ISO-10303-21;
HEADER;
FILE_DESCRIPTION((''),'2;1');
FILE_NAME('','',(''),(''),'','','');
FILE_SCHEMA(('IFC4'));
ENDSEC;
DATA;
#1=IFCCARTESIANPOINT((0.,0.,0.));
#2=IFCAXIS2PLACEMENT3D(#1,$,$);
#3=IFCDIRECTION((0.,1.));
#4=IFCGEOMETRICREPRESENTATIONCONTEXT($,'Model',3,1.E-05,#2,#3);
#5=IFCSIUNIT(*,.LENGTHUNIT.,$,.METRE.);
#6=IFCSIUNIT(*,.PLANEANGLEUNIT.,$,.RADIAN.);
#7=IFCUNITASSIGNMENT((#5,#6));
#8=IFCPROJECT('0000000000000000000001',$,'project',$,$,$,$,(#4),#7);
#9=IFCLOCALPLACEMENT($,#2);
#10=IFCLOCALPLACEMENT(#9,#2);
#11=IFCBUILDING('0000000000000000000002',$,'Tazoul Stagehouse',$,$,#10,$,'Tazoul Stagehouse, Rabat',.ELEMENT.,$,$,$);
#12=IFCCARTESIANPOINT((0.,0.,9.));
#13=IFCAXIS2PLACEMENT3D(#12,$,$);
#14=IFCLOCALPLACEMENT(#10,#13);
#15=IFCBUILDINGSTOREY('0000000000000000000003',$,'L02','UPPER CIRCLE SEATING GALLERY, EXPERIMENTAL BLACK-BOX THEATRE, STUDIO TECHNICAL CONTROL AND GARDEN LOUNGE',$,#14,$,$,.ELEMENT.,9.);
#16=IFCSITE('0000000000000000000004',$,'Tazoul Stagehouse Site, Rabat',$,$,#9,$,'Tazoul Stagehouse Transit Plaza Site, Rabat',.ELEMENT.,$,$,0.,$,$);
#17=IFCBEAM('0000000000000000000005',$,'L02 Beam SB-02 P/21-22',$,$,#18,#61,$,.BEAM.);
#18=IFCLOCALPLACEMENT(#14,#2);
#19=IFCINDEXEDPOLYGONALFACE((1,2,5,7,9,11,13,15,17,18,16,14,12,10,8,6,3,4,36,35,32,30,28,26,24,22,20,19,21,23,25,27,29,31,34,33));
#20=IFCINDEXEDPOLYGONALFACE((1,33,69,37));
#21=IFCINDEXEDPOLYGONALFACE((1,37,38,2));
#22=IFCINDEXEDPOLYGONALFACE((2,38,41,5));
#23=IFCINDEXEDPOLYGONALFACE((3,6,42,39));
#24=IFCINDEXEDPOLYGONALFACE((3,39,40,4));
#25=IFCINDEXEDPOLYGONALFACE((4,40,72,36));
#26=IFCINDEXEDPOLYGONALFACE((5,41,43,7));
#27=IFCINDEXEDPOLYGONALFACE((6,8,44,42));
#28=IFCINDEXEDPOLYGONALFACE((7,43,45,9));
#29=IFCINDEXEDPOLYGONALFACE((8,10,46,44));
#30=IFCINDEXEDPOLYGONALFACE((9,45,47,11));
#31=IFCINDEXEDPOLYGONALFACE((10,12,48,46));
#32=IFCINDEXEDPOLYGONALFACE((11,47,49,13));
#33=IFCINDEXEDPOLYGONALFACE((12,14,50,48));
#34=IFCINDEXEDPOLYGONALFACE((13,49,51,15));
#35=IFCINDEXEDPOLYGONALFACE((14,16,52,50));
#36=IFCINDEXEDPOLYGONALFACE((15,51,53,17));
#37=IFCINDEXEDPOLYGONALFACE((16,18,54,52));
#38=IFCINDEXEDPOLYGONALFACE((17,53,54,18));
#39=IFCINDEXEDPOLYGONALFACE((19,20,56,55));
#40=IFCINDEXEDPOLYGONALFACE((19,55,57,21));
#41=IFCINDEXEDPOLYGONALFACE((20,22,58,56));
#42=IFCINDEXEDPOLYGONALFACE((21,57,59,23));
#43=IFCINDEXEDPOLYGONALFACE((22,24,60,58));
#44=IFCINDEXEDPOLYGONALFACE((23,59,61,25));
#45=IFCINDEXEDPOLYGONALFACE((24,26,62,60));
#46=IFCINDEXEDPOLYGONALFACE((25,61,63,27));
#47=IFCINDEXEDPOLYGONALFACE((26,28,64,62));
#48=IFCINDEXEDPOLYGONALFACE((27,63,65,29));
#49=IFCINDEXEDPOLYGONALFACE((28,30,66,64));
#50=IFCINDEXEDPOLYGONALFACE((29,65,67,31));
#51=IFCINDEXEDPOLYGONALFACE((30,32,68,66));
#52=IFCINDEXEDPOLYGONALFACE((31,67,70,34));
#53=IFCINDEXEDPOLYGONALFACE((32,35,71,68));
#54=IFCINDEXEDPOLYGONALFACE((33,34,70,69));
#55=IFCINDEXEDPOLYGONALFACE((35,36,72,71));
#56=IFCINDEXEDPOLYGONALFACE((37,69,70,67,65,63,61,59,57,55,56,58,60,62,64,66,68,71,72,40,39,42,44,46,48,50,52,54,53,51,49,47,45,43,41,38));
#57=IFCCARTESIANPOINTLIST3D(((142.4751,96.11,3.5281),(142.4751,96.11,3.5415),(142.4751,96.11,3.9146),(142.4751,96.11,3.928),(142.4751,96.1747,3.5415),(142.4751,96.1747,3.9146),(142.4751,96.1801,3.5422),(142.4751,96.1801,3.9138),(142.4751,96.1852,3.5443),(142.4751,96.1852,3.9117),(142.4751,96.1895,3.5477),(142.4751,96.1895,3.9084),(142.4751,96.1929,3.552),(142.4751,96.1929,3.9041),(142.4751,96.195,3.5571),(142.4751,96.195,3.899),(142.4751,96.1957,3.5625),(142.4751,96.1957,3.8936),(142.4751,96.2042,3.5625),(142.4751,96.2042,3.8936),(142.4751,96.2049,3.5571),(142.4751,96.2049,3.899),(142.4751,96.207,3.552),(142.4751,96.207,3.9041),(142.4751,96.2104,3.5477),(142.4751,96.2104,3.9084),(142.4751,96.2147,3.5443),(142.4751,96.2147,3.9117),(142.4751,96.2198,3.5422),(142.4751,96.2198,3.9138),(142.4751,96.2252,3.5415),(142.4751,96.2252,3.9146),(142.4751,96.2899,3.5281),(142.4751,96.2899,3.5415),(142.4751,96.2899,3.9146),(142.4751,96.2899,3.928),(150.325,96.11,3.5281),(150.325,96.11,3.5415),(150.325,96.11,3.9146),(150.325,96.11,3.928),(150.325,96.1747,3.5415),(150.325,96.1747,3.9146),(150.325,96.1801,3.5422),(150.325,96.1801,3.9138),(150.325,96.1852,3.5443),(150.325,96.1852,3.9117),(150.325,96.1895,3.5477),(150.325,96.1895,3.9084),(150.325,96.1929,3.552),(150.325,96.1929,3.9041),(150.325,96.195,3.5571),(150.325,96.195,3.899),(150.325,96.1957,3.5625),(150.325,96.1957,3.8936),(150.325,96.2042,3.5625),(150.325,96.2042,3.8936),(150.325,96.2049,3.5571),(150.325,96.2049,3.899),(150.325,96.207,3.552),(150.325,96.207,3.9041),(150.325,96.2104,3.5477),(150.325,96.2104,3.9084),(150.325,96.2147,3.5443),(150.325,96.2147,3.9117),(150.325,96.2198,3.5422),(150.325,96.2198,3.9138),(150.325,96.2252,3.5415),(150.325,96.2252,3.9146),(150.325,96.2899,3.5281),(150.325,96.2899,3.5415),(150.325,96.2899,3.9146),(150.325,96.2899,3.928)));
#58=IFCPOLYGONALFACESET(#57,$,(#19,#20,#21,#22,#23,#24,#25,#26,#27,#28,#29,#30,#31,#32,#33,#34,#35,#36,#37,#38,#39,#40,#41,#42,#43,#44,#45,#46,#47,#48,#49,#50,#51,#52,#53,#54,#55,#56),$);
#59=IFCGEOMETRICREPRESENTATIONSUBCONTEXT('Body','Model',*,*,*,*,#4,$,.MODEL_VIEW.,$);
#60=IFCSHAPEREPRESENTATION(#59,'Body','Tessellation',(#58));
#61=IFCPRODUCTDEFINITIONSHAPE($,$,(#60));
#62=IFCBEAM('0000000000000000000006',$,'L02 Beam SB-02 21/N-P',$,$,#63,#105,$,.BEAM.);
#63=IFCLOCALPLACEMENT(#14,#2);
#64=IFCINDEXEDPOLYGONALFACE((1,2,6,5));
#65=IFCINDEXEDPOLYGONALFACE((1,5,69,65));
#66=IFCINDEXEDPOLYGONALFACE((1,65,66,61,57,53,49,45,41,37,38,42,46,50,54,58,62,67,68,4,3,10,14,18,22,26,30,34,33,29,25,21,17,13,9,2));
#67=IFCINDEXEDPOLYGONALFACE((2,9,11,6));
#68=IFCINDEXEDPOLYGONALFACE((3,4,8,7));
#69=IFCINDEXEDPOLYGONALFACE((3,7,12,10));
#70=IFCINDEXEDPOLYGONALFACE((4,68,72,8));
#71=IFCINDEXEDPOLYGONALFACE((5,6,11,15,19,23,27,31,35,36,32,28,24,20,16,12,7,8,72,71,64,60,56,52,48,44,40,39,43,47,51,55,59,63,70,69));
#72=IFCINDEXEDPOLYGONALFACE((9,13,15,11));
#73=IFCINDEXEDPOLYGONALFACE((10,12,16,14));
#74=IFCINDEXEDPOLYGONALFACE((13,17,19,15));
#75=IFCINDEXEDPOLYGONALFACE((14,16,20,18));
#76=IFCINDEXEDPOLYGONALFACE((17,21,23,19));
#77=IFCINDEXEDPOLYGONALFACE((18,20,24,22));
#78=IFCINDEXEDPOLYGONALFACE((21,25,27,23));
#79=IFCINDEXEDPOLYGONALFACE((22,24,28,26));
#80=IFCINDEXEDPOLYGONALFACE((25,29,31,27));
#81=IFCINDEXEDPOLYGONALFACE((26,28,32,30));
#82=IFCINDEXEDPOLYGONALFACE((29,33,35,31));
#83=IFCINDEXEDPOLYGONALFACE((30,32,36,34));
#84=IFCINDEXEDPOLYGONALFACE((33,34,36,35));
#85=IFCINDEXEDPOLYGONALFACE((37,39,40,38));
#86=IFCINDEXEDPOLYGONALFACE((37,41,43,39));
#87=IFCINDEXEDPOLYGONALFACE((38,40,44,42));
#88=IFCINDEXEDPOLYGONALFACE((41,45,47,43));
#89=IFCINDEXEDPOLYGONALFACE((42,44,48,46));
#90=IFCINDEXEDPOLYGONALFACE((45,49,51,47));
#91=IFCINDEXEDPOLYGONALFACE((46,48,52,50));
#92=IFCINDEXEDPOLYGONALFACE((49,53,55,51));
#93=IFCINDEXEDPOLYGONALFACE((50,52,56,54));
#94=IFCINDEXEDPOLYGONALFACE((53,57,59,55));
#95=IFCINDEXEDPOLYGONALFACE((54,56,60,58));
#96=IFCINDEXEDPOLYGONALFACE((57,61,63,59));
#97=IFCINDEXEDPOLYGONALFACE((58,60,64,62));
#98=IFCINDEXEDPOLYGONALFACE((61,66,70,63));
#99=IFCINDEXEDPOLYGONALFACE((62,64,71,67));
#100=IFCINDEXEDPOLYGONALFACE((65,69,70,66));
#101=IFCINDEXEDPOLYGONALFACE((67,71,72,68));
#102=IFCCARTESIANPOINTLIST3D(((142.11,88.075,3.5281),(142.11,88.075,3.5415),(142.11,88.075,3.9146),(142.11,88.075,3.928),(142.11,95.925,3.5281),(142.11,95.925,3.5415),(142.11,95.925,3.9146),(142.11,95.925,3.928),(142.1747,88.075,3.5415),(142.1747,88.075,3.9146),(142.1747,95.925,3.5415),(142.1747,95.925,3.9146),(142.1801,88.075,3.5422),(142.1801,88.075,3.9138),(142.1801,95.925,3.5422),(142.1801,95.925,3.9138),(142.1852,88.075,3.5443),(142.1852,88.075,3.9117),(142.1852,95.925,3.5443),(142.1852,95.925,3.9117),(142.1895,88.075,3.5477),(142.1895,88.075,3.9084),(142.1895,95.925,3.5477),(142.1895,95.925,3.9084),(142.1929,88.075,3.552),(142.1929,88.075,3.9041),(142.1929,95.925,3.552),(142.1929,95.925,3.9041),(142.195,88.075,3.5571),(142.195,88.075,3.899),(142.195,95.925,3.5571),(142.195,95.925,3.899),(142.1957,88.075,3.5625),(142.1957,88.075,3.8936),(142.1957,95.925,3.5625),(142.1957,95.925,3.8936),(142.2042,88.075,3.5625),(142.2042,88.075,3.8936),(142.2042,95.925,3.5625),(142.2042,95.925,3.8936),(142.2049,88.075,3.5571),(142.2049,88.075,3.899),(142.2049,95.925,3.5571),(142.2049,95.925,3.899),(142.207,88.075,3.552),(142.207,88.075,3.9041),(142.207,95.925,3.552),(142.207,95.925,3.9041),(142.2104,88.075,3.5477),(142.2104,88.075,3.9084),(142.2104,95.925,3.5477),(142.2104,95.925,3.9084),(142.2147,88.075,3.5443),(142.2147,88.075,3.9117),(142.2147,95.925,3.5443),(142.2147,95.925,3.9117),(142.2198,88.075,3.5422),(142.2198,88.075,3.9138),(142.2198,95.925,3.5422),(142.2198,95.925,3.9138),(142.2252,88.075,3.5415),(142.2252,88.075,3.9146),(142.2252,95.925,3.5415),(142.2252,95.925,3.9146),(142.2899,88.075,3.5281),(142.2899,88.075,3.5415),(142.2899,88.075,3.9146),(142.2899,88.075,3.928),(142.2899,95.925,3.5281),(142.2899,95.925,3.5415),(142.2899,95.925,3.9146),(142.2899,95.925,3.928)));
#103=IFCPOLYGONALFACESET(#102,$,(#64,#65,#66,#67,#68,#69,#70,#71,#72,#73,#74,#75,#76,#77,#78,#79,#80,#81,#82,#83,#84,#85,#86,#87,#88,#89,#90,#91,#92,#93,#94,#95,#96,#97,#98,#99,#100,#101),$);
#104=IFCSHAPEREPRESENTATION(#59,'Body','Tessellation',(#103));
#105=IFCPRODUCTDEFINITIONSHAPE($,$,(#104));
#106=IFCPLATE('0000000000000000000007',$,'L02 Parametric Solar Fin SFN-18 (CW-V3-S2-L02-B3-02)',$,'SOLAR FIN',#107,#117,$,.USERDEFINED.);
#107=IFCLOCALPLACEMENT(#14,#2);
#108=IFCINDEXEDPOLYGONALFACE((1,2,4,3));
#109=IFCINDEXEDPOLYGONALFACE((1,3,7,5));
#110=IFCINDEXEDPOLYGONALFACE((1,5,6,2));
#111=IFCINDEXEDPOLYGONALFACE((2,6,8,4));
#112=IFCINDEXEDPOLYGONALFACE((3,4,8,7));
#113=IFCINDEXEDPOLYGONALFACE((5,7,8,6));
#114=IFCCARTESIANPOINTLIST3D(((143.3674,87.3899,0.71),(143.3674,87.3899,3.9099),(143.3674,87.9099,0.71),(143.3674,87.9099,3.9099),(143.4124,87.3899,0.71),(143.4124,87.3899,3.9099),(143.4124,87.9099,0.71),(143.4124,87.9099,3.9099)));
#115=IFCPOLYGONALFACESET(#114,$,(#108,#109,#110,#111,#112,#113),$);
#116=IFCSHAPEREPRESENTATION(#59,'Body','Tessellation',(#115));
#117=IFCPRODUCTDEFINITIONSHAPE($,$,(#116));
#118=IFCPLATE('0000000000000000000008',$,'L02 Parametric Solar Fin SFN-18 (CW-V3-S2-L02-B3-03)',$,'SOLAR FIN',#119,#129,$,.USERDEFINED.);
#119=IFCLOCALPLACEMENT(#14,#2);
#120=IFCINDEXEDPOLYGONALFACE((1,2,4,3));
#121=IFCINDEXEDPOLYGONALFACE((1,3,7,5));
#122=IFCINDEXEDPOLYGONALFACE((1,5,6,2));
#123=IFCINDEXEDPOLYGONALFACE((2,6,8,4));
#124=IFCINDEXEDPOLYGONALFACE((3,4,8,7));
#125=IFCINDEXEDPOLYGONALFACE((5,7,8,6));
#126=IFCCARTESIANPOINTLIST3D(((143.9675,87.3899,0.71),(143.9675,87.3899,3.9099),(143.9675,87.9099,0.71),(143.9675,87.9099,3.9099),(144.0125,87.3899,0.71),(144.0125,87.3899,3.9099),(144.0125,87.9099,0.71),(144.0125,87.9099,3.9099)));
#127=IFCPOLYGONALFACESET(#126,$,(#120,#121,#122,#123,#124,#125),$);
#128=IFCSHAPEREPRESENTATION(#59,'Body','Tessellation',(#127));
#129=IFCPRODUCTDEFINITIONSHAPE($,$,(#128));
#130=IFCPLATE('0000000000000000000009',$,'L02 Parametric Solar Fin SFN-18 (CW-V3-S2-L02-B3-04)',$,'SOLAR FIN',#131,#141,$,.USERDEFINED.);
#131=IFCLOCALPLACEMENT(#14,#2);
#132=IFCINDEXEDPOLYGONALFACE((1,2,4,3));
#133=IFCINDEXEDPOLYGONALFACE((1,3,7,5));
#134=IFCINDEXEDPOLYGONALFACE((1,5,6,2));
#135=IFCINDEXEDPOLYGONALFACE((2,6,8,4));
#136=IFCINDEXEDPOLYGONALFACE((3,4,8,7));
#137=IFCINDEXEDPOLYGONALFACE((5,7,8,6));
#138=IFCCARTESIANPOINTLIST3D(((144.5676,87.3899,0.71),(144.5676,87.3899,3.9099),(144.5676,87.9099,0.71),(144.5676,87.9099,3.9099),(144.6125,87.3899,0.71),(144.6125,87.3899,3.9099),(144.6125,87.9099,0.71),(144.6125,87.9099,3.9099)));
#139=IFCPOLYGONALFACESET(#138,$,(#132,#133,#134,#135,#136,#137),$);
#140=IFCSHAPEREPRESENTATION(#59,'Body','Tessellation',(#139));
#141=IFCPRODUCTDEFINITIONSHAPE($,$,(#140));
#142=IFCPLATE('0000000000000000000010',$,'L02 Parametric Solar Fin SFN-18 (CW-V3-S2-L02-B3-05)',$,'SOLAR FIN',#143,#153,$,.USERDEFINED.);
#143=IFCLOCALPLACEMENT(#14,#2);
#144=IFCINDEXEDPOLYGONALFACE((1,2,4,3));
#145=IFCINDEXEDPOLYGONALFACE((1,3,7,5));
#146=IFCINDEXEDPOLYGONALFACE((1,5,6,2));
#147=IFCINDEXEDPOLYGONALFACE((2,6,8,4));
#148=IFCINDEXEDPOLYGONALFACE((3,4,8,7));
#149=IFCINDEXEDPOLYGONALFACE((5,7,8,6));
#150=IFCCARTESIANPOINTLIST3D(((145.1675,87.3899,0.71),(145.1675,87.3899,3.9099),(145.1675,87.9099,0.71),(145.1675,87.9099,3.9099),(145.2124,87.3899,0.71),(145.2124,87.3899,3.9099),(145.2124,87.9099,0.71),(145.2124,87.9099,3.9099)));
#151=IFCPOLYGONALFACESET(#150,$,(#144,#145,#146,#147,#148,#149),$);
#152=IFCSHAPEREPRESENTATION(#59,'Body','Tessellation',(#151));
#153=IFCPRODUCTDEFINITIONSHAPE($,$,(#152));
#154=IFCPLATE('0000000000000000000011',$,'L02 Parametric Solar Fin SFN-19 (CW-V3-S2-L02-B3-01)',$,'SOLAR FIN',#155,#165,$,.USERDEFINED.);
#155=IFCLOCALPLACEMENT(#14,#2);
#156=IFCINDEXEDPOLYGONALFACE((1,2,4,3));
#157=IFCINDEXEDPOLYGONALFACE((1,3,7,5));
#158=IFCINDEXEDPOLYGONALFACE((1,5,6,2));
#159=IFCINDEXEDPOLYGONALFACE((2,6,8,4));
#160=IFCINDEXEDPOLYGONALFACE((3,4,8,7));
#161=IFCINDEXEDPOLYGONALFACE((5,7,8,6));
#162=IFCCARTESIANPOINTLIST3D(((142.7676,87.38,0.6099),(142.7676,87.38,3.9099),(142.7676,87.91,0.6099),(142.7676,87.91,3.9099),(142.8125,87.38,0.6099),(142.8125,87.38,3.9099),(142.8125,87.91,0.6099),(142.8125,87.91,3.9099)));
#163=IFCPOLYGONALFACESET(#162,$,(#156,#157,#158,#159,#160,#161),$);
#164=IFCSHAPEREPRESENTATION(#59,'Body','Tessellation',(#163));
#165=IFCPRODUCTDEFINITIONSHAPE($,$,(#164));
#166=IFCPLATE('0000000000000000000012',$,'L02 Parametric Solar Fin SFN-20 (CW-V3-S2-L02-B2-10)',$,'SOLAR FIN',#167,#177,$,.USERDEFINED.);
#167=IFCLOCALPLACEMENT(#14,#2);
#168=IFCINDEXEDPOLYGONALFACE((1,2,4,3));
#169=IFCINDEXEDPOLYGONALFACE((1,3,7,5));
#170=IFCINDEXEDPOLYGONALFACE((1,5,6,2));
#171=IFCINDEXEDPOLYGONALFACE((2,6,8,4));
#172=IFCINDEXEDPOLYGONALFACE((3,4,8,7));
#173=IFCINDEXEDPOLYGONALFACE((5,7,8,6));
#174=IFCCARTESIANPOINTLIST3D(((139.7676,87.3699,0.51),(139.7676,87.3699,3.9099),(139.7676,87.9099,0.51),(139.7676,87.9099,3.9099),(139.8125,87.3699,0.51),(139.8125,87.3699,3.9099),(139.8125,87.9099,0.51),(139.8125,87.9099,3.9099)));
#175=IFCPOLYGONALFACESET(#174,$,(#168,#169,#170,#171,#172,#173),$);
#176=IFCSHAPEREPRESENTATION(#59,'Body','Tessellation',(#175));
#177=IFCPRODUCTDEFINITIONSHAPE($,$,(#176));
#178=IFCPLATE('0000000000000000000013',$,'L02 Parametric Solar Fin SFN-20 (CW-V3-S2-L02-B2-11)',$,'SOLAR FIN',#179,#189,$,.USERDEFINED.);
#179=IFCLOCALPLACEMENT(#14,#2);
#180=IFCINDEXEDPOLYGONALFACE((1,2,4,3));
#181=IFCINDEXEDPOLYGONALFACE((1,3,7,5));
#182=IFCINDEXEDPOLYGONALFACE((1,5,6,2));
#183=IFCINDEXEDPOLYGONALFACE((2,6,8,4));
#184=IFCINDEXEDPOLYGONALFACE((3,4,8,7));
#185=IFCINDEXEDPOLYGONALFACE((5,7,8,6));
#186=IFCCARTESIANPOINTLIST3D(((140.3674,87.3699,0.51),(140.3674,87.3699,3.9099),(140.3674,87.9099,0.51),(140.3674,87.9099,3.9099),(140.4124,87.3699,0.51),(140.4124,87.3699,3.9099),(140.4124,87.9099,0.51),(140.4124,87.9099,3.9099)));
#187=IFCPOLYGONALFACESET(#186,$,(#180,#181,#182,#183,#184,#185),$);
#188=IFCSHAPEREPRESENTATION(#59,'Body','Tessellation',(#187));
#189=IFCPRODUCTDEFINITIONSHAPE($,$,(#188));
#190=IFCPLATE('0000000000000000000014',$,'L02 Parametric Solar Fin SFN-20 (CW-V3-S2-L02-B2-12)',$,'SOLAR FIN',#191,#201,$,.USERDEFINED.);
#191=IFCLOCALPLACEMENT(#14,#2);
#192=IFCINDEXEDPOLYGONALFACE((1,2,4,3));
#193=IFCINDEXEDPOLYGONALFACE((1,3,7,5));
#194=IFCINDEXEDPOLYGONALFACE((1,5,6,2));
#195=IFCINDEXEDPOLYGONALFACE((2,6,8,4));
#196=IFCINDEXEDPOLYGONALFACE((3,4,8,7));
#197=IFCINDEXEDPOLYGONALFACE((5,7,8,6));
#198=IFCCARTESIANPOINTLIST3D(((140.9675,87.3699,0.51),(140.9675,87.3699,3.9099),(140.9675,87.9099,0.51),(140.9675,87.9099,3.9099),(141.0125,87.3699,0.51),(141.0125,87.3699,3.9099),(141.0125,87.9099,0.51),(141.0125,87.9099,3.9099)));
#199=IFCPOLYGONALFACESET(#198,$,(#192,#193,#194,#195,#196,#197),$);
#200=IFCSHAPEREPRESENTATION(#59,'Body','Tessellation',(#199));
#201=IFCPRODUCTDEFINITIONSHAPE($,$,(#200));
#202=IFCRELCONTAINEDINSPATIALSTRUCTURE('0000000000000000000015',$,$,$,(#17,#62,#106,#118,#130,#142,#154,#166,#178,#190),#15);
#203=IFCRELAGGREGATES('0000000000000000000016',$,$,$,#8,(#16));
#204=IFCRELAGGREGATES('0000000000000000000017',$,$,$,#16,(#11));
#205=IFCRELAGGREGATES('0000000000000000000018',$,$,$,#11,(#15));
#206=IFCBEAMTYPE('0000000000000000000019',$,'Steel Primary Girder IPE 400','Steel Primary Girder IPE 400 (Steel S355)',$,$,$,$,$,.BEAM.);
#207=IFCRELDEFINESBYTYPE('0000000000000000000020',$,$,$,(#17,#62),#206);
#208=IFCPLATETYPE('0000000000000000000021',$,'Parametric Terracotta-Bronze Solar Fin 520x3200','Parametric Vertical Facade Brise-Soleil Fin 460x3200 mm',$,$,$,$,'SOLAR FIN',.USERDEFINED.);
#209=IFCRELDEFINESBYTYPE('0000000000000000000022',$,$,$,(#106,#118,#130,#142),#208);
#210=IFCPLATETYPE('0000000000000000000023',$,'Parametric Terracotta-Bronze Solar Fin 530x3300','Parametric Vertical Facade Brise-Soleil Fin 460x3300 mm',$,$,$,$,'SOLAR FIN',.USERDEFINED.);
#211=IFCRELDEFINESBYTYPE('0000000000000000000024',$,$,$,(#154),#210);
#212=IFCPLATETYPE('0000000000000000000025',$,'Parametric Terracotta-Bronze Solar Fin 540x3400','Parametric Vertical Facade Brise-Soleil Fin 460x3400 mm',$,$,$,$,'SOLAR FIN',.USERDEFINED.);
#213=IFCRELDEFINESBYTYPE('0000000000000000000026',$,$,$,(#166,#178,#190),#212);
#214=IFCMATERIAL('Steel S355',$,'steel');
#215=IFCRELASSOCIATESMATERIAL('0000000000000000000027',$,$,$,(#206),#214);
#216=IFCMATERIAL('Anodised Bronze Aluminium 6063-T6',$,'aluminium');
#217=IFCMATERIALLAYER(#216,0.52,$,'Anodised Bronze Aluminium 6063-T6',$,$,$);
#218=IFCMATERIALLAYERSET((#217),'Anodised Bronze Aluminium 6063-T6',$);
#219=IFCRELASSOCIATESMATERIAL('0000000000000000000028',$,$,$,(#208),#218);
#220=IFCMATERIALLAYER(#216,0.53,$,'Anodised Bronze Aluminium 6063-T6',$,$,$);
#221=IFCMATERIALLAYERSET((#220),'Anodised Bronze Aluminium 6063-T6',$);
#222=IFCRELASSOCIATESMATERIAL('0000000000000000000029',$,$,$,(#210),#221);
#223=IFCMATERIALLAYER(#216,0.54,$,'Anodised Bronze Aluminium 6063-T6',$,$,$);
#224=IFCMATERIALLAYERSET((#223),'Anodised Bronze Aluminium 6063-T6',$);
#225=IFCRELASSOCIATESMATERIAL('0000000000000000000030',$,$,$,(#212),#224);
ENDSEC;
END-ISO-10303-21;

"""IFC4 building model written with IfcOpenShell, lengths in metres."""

from ifc_helpers import new_model, si_unit, direction, frame, origin, origin_2d, place, context, subcontext, project, spatial, rectangle, i_section, extrude, material, layer, layer_set, material_profile, profile_set, type_object, element, save


model = new_model("IFC4")

# Units and contexts
model_context = context("Model", 3, precision=1e-05, world=origin(), true_north=direction((0.0, 1.0)))
body_context = subcontext(model_context, "Body", "Model", "MODEL_VIEW")
ifc_project = project(units=[si_unit("LENGTHUNIT", "METRE"), si_unit("PLANEANGLEUNIT", "RADIAN")], contexts=[model_context])

# Site, building, storey
site_placement = place(None, origin())
site = spatial("IfcSite", under=ifc_project, at=site_placement, Name="Tazoul Stagehouse Site, Rabat", LongName="Tazoul Stagehouse Transit Plaza Site, Rabat", CompositionType="ELEMENT", RefElevation=0.0)
building_placement = place(site_placement, origin())
building = spatial("IfcBuilding", under=site, at=building_placement, Name="Tazoul Stagehouse", LongName="Tazoul Stagehouse, Rabat", CompositionType="ELEMENT")
storey_placement = place(building_placement, frame((0.0, 0.0, 9.0)))
storey = spatial("IfcBuildingStorey", under=building, at=storey_placement, Name="L02", Description="UPPER CIRCLE SEATING GALLERY, EXPERIMENTAL BLACK-BOX THEATRE, STUDIO TECHNICAL CONTROL AND GARDEN LOUNGE", CompositionType="ELEMENT", Elevation=9.0)

# Beams
ifc_material_1 = material(Name="Steel S355", Category="steel")
ifc_material_profile_1 = material_profile(ifc_material_1, i_section(OverallWidth=0.1799, OverallDepth=0.3999, WebThickness=0.0085, FlangeThickness=0.0134, FilletRadius=0.021, at=origin_2d()), Name="IPE 400")
ifc_profile_set_1 = profile_set([ifc_material_profile_1], Name="Steel S355")
beam_type_1 = type_object("IfcBeamType", Name="Steel Primary Girder IPE 400", Description="Steel Primary Girder IPE 400 (Steel S355)", PredefinedType="BEAM", material=ifc_profile_set_1)
beam_1_placement = place(storey_placement, frame((142.4751, 96.2, 3.728), z_axis=(1.0, 0.0, 0.0), x_axis=(0.0, 1.0, 0.0)))
element("IfcBeam", 1, at=beam_1_placement, inside=storey, type_object=beam_type_1, Name="L02 Beam SB-02 P/21-22", PredefinedType="BEAM", context=body_context, shape_type="SweptSolid", body=[
    extrude(i_section(OverallWidth=0.1799, OverallDepth=0.3999, WebThickness=0.0085, FlangeThickness=0.0134, FilletRadius=0.021, at=origin_2d()), origin(), (0.0, 0.0, 1.0), 7.8499),
])
beam_2_placement = place(storey_placement, frame((142.2, 88.075, 3.728), z_axis=(0.0, 1.0, 0.0), x_axis=(-1.0, 0.0, 0.0)))
element("IfcBeam", 2, at=beam_2_placement, inside=storey, type_object=beam_type_1, Name="L02 Beam SB-02 21/N-P", PredefinedType="BEAM", context=body_context, shape_type="SweptSolid", body=[
    extrude(i_section(OverallWidth=0.1799, OverallDepth=0.3999, WebThickness=0.0085, FlangeThickness=0.0134, FilletRadius=0.021, at=origin_2d()), origin(), (0.0, 0.0, 1.0), 7.8501),
])

# Plates
ifc_material_2 = material(Name="Anodised Bronze Aluminium 6063-T6", Category="aluminium")
ifc_layer_1 = layer(ifc_material_2, 0.52, Name="Anodised Bronze Aluminium 6063-T6")
ifc_layer_set_1 = layer_set([ifc_layer_1], Name="Anodised Bronze Aluminium 6063-T6")
plate_type_1 = type_object("IfcPlateType", Name="Parametric Terracotta-Bronze Solar Fin 520x3200", Description="Parametric Vertical Facade Brise-Soleil Fin 460x3200 mm", ElementType="SOLAR FIN", PredefinedType="USERDEFINED", material=ifc_layer_set_1)
for number, where, z_axis, x_axis, name in (
    (3, (143.3899, 87.6499, 0.71), (0.0, 0.0, 1.0), (1.0, 0.0, 0.0), "L02 Parametric Solar Fin SFN-18 (CW-V3-S2-L02-B3-02)"),
    (4, (143.99, 87.6499, 0.71), (0.0, 0.0, 1.0), (1.0, 0.0, 0.0), "L02 Parametric Solar Fin SFN-18 (CW-V3-S2-L02-B3-03)"),
    (5, (144.5901, 87.6499, 0.71), (0.0, 0.0, 1.0), (1.0, 0.0, 0.0), "L02 Parametric Solar Fin SFN-18 (CW-V3-S2-L02-B3-04)"),
    (6, (145.1899, 87.6499, 0.71), (0.0, 0.0, 1.0), (1.0, 0.0, 0.0), "L02 Parametric Solar Fin SFN-18 (CW-V3-S2-L02-B3-05)"),
):
    element("IfcPlate", number, at=place(storey_placement, frame(where, z_axis=z_axis, x_axis=x_axis)), inside=storey, type_object=plate_type_1, Name=name, ObjectType="SOLAR FIN", PredefinedType="USERDEFINED", context=body_context, shape_type="SweptSolid", body=[
        extrude(rectangle(XDim=0.0449, YDim=0.52, at=origin_2d()), origin(), (0.0, 0.0, 1.0), 3.2),
    ])
ifc_layer_2 = layer(ifc_material_2, 0.53, Name="Anodised Bronze Aluminium 6063-T6")
ifc_layer_set_2 = layer_set([ifc_layer_2], Name="Anodised Bronze Aluminium 6063-T6")
plate_type_2 = type_object("IfcPlateType", Name="Parametric Terracotta-Bronze Solar Fin 530x3300", Description="Parametric Vertical Facade Brise-Soleil Fin 460x3300 mm", ElementType="SOLAR FIN", PredefinedType="USERDEFINED", material=ifc_layer_set_2)
plate_placement = place(storey_placement, frame((142.79, 87.645, 0.6099), z_axis=(0.0, 0.0, 1.0), x_axis=(1.0, 0.0, 0.0)))
element("IfcPlate", 7, at=plate_placement, inside=storey, type_object=plate_type_2, Name="L02 Parametric Solar Fin SFN-19 (CW-V3-S2-L02-B3-01)", ObjectType="SOLAR FIN", PredefinedType="USERDEFINED", context=body_context, shape_type="SweptSolid", body=[
    extrude(rectangle(XDim=0.0449, YDim=0.53, at=origin_2d()), origin(), (0.0, 0.0, 1.0), 3.3),
])
ifc_layer_3 = layer(ifc_material_2, 0.54, Name="Anodised Bronze Aluminium 6063-T6")
ifc_layer_set_3 = layer_set([ifc_layer_3], Name="Anodised Bronze Aluminium 6063-T6")
plate_type_3 = type_object("IfcPlateType", Name="Parametric Terracotta-Bronze Solar Fin 540x3400", Description="Parametric Vertical Facade Brise-Soleil Fin 460x3400 mm", ElementType="SOLAR FIN", PredefinedType="USERDEFINED", material=ifc_layer_set_3)
for number, where, z_axis, x_axis, name in (
    (8, (139.79, 87.6399, 0.51), (0.0, 0.0, 1.0), (1.0, 0.0, 0.0), "L02 Parametric Solar Fin SFN-20 (CW-V3-S2-L02-B2-10)"),
    (9, (140.3899, 87.6399, 0.51), (0.0, 0.0, 1.0), (1.0, 0.0, 0.0), "L02 Parametric Solar Fin SFN-20 (CW-V3-S2-L02-B2-11)"),
    (10, (140.99, 87.6399, 0.51), (0.0, 0.0, 1.0), (1.0, 0.0, 0.0), "L02 Parametric Solar Fin SFN-20 (CW-V3-S2-L02-B2-12)"),
):
    element("IfcPlate", number, at=place(storey_placement, frame(where, z_axis=z_axis, x_axis=x_axis)), inside=storey, type_object=plate_type_3, Name=name, ObjectType="SOLAR FIN", PredefinedType="USERDEFINED", context=body_context, shape_type="SweptSolid", body=[
        extrude(rectangle(XDim=0.0449, YDim=0.54, at=origin_2d()), origin(), (0.0, 0.0, 1.0), 3.3999),
    ])

save(model, "model.ifc")
